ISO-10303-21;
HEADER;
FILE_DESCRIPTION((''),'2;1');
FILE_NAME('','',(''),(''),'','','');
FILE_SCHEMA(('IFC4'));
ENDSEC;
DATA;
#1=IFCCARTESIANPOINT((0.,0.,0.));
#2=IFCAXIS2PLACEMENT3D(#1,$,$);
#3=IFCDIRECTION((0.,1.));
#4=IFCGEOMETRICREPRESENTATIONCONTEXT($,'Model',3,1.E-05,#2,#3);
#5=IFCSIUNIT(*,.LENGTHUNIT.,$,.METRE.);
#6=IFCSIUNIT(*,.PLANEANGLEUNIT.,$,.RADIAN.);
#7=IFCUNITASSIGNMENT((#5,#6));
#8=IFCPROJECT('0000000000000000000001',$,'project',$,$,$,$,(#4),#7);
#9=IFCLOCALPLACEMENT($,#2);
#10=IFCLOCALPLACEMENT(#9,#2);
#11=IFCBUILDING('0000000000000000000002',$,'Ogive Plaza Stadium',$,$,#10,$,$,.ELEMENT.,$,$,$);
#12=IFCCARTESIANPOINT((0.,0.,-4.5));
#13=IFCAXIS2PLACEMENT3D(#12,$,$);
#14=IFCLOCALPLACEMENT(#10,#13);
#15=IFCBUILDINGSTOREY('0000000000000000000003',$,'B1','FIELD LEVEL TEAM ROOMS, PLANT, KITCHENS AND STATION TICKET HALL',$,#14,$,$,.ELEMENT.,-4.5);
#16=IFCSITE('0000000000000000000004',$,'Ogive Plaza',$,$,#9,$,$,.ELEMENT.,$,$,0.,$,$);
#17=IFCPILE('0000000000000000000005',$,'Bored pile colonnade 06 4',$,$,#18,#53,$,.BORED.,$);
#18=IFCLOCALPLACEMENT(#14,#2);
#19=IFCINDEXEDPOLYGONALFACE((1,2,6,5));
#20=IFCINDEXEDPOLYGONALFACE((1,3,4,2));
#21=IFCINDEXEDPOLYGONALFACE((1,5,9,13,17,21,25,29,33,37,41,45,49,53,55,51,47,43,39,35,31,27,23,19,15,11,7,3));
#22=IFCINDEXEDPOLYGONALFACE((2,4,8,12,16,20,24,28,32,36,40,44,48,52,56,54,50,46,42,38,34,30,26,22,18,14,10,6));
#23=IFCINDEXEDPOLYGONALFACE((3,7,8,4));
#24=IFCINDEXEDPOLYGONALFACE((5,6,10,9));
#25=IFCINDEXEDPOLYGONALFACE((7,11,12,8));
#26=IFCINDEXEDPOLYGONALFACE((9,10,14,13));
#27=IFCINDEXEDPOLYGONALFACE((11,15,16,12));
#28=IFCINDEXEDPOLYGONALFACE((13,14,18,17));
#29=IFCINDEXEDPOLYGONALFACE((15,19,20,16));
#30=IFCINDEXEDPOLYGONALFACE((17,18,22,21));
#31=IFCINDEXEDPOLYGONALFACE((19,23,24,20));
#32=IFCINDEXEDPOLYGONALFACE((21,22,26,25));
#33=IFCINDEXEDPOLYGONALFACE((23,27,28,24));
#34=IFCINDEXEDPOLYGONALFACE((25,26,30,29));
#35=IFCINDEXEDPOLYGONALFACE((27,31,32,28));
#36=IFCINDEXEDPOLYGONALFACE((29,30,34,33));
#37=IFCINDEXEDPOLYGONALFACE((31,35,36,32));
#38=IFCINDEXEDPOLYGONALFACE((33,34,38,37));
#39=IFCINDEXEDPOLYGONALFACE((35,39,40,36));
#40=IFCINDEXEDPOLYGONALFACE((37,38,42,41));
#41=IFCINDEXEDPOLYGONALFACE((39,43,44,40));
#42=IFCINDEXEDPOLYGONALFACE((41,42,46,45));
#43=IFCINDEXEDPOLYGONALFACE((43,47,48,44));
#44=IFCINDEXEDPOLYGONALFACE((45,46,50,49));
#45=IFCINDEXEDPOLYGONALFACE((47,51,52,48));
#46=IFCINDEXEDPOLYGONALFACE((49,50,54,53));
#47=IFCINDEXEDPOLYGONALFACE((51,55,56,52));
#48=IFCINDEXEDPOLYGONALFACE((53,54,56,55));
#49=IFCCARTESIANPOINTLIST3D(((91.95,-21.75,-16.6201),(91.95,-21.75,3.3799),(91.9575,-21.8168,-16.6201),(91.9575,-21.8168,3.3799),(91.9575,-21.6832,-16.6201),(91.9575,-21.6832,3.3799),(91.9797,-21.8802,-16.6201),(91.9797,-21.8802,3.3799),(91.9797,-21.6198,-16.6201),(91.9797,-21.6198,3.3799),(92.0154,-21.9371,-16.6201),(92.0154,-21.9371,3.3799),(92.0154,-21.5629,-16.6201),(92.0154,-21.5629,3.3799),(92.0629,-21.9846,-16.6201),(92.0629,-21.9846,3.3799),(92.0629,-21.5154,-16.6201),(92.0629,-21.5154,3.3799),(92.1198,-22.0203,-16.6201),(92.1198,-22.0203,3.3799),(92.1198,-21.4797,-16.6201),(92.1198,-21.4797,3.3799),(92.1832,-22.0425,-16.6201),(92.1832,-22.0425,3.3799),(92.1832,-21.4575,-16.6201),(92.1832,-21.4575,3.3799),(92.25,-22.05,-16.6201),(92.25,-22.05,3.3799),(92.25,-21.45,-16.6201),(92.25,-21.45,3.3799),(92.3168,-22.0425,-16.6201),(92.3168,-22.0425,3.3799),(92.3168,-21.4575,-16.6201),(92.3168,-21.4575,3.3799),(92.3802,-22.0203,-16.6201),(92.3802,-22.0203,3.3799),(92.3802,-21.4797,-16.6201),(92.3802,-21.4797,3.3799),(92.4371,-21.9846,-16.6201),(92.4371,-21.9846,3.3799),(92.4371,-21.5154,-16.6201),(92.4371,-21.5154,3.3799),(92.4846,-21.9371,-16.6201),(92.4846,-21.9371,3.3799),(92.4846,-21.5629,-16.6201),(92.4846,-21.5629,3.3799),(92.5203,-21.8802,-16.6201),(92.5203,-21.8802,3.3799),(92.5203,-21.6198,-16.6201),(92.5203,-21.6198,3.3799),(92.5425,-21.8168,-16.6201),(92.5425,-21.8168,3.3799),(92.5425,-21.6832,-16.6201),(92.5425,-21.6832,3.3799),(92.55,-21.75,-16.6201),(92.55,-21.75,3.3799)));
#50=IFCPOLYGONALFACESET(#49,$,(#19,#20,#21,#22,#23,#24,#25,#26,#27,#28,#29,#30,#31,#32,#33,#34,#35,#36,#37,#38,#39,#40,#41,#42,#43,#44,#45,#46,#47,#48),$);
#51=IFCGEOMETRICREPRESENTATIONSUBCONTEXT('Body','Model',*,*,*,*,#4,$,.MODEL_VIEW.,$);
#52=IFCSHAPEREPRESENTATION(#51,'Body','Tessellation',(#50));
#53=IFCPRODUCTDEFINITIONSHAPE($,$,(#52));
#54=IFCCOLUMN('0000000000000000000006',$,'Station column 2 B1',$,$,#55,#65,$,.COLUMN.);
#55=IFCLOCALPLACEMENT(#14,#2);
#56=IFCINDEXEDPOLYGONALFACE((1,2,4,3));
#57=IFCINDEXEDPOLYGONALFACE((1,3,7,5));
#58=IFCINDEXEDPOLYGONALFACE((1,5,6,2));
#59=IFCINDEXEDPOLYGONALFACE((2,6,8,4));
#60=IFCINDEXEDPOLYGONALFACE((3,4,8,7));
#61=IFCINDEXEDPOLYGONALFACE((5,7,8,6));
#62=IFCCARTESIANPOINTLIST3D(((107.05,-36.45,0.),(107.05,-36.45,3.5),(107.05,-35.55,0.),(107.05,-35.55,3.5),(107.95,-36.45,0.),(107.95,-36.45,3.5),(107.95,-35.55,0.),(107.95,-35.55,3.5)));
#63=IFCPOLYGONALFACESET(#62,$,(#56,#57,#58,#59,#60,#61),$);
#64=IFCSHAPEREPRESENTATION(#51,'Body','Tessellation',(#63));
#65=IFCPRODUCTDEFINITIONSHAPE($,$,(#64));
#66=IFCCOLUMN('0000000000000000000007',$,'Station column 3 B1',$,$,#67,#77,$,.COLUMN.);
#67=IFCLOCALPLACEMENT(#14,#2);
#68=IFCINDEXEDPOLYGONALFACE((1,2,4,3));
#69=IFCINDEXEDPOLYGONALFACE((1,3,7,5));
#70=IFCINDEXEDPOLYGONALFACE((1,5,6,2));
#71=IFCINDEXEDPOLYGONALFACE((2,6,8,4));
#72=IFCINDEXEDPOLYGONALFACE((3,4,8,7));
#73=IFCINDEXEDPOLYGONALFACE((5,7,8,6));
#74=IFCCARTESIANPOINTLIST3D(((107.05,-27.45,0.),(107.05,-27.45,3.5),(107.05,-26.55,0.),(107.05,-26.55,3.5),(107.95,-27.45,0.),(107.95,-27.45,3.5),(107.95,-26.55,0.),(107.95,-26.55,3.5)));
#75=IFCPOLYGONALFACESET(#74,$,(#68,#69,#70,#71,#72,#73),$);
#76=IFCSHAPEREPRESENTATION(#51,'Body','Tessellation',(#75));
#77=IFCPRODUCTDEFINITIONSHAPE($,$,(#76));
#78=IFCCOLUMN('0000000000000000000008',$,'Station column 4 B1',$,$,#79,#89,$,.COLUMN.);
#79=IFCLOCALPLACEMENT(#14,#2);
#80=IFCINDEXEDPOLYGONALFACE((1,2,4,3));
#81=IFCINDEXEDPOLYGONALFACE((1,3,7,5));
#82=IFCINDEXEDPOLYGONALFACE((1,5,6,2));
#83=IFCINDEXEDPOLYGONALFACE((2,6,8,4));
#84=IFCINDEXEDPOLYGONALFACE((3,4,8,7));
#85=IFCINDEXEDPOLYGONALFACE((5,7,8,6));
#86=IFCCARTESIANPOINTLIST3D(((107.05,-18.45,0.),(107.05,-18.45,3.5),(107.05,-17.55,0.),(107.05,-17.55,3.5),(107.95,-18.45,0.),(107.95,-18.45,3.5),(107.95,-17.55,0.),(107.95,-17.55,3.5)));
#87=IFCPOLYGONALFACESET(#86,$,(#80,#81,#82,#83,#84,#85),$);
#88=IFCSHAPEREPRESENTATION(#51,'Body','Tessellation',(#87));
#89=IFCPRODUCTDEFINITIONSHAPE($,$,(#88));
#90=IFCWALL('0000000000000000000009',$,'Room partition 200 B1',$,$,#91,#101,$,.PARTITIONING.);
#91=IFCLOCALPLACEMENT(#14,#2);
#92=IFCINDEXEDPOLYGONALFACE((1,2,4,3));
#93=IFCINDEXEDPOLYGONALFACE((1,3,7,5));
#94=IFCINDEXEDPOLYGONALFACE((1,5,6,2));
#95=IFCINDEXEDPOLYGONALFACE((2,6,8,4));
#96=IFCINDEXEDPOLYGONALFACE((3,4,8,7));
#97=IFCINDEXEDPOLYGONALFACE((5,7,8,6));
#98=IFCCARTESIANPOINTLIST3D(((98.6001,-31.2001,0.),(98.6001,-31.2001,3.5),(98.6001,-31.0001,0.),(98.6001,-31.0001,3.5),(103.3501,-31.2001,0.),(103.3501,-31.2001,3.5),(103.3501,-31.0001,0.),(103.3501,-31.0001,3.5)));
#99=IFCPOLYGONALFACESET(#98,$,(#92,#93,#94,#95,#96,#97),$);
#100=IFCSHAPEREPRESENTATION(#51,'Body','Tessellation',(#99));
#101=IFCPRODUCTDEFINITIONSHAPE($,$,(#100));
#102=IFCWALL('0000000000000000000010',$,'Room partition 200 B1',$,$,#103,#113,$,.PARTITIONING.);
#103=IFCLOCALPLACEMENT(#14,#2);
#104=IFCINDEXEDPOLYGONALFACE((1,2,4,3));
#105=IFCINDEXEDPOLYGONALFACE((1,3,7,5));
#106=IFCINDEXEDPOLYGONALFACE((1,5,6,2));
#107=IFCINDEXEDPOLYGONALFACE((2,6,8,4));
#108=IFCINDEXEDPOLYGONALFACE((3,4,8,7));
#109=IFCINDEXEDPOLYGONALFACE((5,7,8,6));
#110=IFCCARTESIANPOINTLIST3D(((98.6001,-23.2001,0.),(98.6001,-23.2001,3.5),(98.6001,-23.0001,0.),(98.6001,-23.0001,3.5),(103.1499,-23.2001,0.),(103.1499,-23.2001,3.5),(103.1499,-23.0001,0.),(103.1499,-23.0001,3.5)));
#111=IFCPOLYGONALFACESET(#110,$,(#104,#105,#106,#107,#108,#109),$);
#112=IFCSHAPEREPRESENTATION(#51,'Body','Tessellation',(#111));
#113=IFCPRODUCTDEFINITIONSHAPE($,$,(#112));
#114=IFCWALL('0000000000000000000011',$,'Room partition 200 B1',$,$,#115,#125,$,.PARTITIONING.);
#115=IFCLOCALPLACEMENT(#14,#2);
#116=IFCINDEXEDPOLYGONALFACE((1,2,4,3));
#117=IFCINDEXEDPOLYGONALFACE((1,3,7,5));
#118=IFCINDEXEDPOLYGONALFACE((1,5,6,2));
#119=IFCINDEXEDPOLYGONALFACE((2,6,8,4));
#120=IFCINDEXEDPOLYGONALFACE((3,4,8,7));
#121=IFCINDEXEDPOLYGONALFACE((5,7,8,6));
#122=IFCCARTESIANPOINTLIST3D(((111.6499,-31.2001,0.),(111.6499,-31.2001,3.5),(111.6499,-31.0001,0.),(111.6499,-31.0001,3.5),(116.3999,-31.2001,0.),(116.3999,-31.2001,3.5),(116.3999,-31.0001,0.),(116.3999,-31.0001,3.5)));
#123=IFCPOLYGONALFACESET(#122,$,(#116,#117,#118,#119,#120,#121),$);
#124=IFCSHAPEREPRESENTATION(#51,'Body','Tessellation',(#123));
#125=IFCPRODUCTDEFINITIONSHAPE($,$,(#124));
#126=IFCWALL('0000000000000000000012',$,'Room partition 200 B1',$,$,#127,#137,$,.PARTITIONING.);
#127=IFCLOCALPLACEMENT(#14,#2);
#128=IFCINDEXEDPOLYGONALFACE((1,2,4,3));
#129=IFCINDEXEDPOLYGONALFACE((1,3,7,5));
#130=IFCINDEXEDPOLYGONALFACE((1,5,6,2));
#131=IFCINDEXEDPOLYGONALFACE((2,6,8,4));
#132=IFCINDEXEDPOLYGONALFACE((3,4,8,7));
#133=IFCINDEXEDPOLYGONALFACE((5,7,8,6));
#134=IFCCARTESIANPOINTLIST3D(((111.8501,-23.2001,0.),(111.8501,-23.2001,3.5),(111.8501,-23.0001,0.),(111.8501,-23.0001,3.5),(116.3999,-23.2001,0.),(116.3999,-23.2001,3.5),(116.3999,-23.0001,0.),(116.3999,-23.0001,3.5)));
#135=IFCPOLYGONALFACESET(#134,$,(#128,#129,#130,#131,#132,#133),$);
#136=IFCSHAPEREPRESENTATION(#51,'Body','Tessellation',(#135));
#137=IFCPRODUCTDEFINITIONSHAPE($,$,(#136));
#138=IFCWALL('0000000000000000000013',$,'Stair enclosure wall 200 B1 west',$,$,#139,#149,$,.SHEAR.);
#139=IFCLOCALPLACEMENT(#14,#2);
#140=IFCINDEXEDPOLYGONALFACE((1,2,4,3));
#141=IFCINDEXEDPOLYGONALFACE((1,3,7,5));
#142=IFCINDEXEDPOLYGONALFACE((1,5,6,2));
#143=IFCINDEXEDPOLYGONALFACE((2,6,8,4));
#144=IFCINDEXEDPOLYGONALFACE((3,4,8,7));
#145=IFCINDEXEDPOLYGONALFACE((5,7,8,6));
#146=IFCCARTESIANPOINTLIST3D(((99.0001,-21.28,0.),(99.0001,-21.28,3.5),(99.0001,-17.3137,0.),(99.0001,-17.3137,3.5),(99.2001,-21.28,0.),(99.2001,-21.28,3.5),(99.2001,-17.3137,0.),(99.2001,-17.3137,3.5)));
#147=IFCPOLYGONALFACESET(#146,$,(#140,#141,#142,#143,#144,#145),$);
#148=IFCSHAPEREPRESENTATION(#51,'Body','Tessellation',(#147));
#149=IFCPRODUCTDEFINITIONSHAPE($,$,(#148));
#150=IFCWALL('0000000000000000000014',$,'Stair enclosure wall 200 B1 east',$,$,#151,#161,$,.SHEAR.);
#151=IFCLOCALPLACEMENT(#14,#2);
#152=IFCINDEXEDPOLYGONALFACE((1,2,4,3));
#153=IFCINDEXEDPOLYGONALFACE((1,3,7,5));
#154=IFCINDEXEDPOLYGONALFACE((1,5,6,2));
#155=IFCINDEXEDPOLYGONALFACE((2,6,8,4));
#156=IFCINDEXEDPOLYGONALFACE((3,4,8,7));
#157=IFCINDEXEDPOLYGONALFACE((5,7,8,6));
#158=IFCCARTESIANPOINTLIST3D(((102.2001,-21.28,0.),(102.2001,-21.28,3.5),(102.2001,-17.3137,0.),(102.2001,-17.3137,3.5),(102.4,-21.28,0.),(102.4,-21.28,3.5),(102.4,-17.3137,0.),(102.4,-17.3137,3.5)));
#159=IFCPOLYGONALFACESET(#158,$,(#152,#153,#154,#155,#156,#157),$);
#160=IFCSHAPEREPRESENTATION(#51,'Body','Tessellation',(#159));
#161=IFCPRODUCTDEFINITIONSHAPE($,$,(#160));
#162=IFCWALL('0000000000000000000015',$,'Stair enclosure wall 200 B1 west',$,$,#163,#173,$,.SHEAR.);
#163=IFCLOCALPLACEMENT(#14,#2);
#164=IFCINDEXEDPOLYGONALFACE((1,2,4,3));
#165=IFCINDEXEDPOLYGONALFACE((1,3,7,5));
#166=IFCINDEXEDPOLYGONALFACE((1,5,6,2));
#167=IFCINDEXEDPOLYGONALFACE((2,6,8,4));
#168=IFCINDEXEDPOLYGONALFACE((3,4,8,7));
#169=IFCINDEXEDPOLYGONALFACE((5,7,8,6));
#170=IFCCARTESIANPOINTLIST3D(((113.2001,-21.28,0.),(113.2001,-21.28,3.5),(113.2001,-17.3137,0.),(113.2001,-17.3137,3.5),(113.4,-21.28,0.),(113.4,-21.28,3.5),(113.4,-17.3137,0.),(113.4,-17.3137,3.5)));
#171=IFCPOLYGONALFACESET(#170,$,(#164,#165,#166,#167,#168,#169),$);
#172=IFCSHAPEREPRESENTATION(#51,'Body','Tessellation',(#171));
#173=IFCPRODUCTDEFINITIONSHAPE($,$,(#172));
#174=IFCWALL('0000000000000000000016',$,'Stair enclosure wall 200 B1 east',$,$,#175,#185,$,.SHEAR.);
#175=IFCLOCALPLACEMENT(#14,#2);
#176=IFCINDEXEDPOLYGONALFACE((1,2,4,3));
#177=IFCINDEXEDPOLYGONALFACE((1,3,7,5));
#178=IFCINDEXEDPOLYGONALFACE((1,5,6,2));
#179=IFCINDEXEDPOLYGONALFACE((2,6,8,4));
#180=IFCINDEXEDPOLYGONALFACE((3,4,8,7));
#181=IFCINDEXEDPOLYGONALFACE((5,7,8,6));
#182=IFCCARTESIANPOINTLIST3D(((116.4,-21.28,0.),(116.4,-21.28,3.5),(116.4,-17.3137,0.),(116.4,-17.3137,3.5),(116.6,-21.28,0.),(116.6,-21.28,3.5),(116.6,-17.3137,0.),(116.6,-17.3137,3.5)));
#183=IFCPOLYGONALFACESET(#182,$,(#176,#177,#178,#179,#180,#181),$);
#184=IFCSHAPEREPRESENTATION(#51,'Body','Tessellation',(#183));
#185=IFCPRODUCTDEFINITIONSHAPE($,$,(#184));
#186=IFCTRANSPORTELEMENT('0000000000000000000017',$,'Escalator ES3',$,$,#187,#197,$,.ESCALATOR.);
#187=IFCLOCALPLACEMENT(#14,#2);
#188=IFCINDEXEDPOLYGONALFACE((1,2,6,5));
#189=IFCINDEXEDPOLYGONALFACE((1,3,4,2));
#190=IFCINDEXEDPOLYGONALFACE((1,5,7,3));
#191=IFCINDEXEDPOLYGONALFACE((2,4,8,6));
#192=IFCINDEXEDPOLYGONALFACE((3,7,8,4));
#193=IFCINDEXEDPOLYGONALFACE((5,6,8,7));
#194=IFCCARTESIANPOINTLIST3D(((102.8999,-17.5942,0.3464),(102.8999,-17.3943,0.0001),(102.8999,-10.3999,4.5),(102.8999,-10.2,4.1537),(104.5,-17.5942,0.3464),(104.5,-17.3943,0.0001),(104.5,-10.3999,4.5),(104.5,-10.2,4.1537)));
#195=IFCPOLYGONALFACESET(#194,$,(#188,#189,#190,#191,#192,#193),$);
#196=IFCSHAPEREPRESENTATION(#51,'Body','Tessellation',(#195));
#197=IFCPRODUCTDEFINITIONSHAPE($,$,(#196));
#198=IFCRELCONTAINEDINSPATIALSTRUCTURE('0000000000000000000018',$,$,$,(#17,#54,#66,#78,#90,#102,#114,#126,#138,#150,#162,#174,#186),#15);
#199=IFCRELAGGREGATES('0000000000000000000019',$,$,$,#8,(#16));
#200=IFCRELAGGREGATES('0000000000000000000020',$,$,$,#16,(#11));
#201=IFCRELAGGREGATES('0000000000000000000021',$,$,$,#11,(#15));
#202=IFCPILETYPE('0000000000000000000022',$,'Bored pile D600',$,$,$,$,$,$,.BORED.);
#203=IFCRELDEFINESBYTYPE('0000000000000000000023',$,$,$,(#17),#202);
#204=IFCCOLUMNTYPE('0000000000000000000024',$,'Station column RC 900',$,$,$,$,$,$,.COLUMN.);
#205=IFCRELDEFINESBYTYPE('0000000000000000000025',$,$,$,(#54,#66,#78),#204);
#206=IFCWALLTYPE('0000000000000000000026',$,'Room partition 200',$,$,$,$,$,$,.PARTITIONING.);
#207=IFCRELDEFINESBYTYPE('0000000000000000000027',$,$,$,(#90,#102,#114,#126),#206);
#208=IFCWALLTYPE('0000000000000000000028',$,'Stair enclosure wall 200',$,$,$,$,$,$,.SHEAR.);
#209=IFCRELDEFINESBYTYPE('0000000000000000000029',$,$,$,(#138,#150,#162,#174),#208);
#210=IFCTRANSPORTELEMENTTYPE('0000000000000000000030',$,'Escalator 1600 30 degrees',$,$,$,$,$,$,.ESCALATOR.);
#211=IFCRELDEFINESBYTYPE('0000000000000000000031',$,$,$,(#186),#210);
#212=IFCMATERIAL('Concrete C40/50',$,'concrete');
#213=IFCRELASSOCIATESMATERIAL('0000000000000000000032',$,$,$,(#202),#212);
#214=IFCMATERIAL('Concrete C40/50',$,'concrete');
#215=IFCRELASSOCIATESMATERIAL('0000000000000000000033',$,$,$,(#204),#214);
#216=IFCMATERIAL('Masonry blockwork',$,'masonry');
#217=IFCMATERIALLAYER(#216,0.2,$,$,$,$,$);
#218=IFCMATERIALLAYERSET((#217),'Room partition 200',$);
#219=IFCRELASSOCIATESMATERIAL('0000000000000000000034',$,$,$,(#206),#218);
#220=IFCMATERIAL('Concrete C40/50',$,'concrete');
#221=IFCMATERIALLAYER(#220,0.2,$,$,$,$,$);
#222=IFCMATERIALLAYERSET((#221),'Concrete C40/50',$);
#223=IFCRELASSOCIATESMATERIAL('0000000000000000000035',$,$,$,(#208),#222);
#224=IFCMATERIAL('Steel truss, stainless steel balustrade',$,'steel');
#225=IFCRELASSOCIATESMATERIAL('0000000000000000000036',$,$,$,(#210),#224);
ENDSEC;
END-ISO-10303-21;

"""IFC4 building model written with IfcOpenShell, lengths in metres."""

from ifc_helpers import new_model, si_unit, direction, frame, frame_2d, origin, origin_2d, place, context, subcontext, project, spatial, polyline, rectangle, circle, outline, extrude, material, layer, layer_set, material_profile, profile_set, type_object, element, save


model = new_model("IFC4")

# Units and contexts
model_context = context("Model", 3, precision=1e-05, world=origin(), true_north=direction((0.0, 1.0)))
body_context = subcontext(model_context, "Body", "Model", "MODEL_VIEW")
ifc_project = project(units=[si_unit("LENGTHUNIT", "METRE"), si_unit("PLANEANGLEUNIT", "RADIAN")], contexts=[model_context])

# Site, building, storey
site_placement = place(None, origin())
site = spatial("IfcSite", under=ifc_project, at=site_placement, Name="Ogive Plaza", CompositionType="ELEMENT", RefElevation=0.0)
building_placement = place(site_placement, origin())
building = spatial("IfcBuilding", under=site, at=building_placement, Name="Ogive Plaza Stadium", CompositionType="ELEMENT")
storey_placement = place(building_placement, frame((0.0, 0.0, -4.5)))
storey = spatial("IfcBuildingStorey", under=building, at=storey_placement, Name="B1", Description="FIELD LEVEL TEAM ROOMS, PLANT, KITCHENS AND STATION TICKET HALL", CompositionType="ELEMENT", Elevation=-4.5)

# Pile
ifc_material_1 = material(Name="Concrete C40/50", Category="concrete")
ifc_material_profile_1 = material_profile(ifc_material_1, circle(Radius=0.3, at=origin_2d()), Name="RC D600")
ifc_profile_set_1 = profile_set([ifc_material_profile_1], Name="Concrete C40/50")
pile_type = type_object("IfcPileType", Name="Bored pile D600", PredefinedType="BORED", material=ifc_profile_set_1)
pile_placement = place(storey_placement, frame((92.25, -21.75, 3.3799), z_axis=(0.0, 0.0, -1.0), x_axis=(1.0, 0.0, 0.0)))
element("IfcPile", 1, at=pile_placement, inside=storey, type_object=pile_type, Name="Bored pile colonnade 06 4", PredefinedType="BORED", context=body_context, shape_type="SweptSolid", body=[
    extrude(circle(Radius=0.3, at=origin_2d()), origin(), (0.0, 0.0, 1.0), 20.0),
])

# Columns
ifc_material_2 = material(Name="Concrete C40/50", Category="concrete")
ifc_material_profile_2 = material_profile(ifc_material_2, rectangle(XDim=0.8999, YDim=0.8999, at=origin_2d()), Name="Station column RC 900")
ifc_profile_set_2 = profile_set([ifc_material_profile_2], Name="Concrete C40/50")
column_type = type_object("IfcColumnType", Name="Station column RC 900", PredefinedType="COLUMN", material=ifc_profile_set_2)
for number, where, z_axis, x_axis, name in (
    (2, (107.5, -36.0, 0.0), (0.0, 0.0, 1.0), (1.0, 0.0, 0.0), "Station column 2 B1"),
    (3, (107.5, -27.0, 0.0), (0.0, 0.0, 1.0), (1.0, 0.0, 0.0), "Station column 3 B1"),
    (4, (107.5, -18.0, 0.0), (0.0, 0.0, 1.0), (1.0, 0.0, 0.0), "Station column 4 B1"),
):
    element("IfcColumn", number, at=place(storey_placement, frame(where, z_axis=z_axis, x_axis=x_axis)), inside=storey, type_object=column_type, Name=name, PredefinedType="COLUMN", context=body_context, shape_type="SweptSolid", body=[
        extrude(rectangle(XDim=0.8999, YDim=0.8999, at=origin_2d()), origin(), (0.0, 0.0, 1.0), 3.5),
    ])

# Walls
ifc_material_3 = material(Name="Masonry blockwork", Category="masonry")
ifc_layer_1 = layer(ifc_material_3, 0.2)
ifc_layer_set_1 = layer_set([ifc_layer_1], Name="Room partition 200")
wall_type_1 = type_object("IfcWallType", Name="Room partition 200", PredefinedType="PARTITIONING", material=ifc_layer_set_1)
wall_1_placement = place(storey_placement, frame((98.6001, -31.1001, 0.0), z_axis=(0.0, 0.0, 1.0), x_axis=(1.0, 0.0, 0.0)))
element("IfcWall", 5, at=wall_1_placement, inside=storey, type_object=wall_type_1, Name="Room partition 200 B1", PredefinedType="PARTITIONING", context=body_context, shape_type="SweptSolid", body=[
    extrude(rectangle(XDim=4.75, YDim=0.2, at=frame_2d((2.375, 0.0))), origin(), (0.0, 0.0, 1.0), 3.5),
])
wall_2_placement = place(storey_placement, frame((98.6001, -23.1001, 0.0), z_axis=(0.0, 0.0, 1.0), x_axis=(1.0, 0.0, 0.0)))
element("IfcWall", 6, at=wall_2_placement, inside=storey, type_object=wall_type_1, Name="Room partition 200 B1", PredefinedType="PARTITIONING", context=body_context, shape_type="SweptSolid", body=[
    extrude(rectangle(XDim=4.5498, YDim=0.2, at=frame_2d((2.2749, 0.0))), origin(), (0.0, 0.0, 1.0), 3.5),
])
wall_3_placement = place(storey_placement, frame((111.6499, -31.1001, 0.0), z_axis=(0.0, 0.0, 1.0), x_axis=(1.0, 0.0, 0.0)))
element("IfcWall", 7, at=wall_3_placement, inside=storey, type_object=wall_type_1, Name="Room partition 200 B1", PredefinedType="PARTITIONING", context=body_context, shape_type="SweptSolid", body=[
    extrude(rectangle(XDim=4.75, YDim=0.2, at=frame_2d((2.375, 0.0))), origin(), (0.0, 0.0, 1.0), 3.5),
])
wall_4_placement = place(storey_placement, frame((111.8501, -23.1001, 0.0), z_axis=(0.0, 0.0, 1.0), x_axis=(1.0, 0.0, 0.0)))
element("IfcWall", 8, at=wall_4_placement, inside=storey, type_object=wall_type_1, Name="Room partition 200 B1", PredefinedType="PARTITIONING", context=body_context, shape_type="SweptSolid", body=[
    extrude(rectangle(XDim=4.5498, YDim=0.2, at=frame_2d((2.2749, 0.0))), origin(), (0.0, 0.0, 1.0), 3.5),
])

# Shared definitions
ifc_material_4 = material(Name="Concrete C40/50", Category="concrete")
ifc_layer_2 = layer(ifc_material_4, 0.2)
ifc_layer_set_2 = layer_set([ifc_layer_2], Name="Concrete C40/50")
wall_type_2 = type_object("IfcWallType", Name="Stair enclosure wall 200", PredefinedType="SHEAR", material=ifc_layer_set_2)

# Walls
for number, where, z_axis, x_axis, name in (
    (9, (99.1001, -21.28, 0.0), (0.0, 0.0, 1.0), (0.0, 1.0, 0.0), "Stair enclosure wall 200 B1 west"),
    (10, (102.3, -21.28, 0.0), (0.0, 0.0, 1.0), (0.0, 1.0, 0.0), "Stair enclosure wall 200 B1 east"),
):
    element("IfcWall", number, at=place(storey_placement, frame(where, z_axis=z_axis, x_axis=x_axis)), inside=storey, type_object=wall_type_2, Name=name, PredefinedType="SHEAR", context=body_context, shape_type="SweptSolid", body=[
        extrude(rectangle(XDim=3.9663, YDim=0.2, at=frame_2d((1.9832, 0.0))), origin(), (0.0, 0.0, 1.0), 3.5),
    ])

# Walls
for number, where, z_axis, x_axis, name in (
    (11, (113.3, -21.28, 0.0), (0.0, 0.0, 1.0), (0.0, 1.0, 0.0), "Stair enclosure wall 200 B1 west"),
    (12, (116.5, -21.28, 0.0), (0.0, 0.0, 1.0), (0.0, 1.0, 0.0), "Stair enclosure wall 200 B1 east"),
):
    element("IfcWall", number, at=place(storey_placement, frame(where, z_axis=z_axis, x_axis=x_axis)), inside=storey, type_object=wall_type_2, Name=name, PredefinedType="SHEAR", context=body_context, shape_type="SweptSolid", body=[
        extrude(rectangle(XDim=3.9663, YDim=0.2, at=frame_2d((1.9832, 0.0))), origin(), (0.0, 0.0, 1.0), 3.5),
    ])

# Transport element
ifc_material_5 = material(Name="Steel truss, stainless steel balustrade", Category="steel")
transport_element_type = type_object("IfcTransportElementType", Name="Escalator 1600 30 degrees", PredefinedType="ESCALATOR", material=ifc_material_5)
transport_element_placement = place(storey_placement, frame((102.8999, -17.5942, 0.3464), z_axis=(0.0, -0.499992, 0.86603), x_axis=(1.0, 0.0, 0.0)))
element("IfcTransportElement", 13, at=transport_element_placement, inside=storey, type_object=transport_element_type, Name="Escalator ES3", PredefinedType="ESCALATOR", context=body_context, shape_type="SweptSolid", body=[
    extrude(outline(polyline([(0.0, 0.0), (1.6001, 0.0), (1.6001, 8.3073), (0.0, 8.3073), (0.0, 0.0)])), origin(), (0.0, 0.0, -1.0), 0.3999),
])

save(model, "model.ifc")
